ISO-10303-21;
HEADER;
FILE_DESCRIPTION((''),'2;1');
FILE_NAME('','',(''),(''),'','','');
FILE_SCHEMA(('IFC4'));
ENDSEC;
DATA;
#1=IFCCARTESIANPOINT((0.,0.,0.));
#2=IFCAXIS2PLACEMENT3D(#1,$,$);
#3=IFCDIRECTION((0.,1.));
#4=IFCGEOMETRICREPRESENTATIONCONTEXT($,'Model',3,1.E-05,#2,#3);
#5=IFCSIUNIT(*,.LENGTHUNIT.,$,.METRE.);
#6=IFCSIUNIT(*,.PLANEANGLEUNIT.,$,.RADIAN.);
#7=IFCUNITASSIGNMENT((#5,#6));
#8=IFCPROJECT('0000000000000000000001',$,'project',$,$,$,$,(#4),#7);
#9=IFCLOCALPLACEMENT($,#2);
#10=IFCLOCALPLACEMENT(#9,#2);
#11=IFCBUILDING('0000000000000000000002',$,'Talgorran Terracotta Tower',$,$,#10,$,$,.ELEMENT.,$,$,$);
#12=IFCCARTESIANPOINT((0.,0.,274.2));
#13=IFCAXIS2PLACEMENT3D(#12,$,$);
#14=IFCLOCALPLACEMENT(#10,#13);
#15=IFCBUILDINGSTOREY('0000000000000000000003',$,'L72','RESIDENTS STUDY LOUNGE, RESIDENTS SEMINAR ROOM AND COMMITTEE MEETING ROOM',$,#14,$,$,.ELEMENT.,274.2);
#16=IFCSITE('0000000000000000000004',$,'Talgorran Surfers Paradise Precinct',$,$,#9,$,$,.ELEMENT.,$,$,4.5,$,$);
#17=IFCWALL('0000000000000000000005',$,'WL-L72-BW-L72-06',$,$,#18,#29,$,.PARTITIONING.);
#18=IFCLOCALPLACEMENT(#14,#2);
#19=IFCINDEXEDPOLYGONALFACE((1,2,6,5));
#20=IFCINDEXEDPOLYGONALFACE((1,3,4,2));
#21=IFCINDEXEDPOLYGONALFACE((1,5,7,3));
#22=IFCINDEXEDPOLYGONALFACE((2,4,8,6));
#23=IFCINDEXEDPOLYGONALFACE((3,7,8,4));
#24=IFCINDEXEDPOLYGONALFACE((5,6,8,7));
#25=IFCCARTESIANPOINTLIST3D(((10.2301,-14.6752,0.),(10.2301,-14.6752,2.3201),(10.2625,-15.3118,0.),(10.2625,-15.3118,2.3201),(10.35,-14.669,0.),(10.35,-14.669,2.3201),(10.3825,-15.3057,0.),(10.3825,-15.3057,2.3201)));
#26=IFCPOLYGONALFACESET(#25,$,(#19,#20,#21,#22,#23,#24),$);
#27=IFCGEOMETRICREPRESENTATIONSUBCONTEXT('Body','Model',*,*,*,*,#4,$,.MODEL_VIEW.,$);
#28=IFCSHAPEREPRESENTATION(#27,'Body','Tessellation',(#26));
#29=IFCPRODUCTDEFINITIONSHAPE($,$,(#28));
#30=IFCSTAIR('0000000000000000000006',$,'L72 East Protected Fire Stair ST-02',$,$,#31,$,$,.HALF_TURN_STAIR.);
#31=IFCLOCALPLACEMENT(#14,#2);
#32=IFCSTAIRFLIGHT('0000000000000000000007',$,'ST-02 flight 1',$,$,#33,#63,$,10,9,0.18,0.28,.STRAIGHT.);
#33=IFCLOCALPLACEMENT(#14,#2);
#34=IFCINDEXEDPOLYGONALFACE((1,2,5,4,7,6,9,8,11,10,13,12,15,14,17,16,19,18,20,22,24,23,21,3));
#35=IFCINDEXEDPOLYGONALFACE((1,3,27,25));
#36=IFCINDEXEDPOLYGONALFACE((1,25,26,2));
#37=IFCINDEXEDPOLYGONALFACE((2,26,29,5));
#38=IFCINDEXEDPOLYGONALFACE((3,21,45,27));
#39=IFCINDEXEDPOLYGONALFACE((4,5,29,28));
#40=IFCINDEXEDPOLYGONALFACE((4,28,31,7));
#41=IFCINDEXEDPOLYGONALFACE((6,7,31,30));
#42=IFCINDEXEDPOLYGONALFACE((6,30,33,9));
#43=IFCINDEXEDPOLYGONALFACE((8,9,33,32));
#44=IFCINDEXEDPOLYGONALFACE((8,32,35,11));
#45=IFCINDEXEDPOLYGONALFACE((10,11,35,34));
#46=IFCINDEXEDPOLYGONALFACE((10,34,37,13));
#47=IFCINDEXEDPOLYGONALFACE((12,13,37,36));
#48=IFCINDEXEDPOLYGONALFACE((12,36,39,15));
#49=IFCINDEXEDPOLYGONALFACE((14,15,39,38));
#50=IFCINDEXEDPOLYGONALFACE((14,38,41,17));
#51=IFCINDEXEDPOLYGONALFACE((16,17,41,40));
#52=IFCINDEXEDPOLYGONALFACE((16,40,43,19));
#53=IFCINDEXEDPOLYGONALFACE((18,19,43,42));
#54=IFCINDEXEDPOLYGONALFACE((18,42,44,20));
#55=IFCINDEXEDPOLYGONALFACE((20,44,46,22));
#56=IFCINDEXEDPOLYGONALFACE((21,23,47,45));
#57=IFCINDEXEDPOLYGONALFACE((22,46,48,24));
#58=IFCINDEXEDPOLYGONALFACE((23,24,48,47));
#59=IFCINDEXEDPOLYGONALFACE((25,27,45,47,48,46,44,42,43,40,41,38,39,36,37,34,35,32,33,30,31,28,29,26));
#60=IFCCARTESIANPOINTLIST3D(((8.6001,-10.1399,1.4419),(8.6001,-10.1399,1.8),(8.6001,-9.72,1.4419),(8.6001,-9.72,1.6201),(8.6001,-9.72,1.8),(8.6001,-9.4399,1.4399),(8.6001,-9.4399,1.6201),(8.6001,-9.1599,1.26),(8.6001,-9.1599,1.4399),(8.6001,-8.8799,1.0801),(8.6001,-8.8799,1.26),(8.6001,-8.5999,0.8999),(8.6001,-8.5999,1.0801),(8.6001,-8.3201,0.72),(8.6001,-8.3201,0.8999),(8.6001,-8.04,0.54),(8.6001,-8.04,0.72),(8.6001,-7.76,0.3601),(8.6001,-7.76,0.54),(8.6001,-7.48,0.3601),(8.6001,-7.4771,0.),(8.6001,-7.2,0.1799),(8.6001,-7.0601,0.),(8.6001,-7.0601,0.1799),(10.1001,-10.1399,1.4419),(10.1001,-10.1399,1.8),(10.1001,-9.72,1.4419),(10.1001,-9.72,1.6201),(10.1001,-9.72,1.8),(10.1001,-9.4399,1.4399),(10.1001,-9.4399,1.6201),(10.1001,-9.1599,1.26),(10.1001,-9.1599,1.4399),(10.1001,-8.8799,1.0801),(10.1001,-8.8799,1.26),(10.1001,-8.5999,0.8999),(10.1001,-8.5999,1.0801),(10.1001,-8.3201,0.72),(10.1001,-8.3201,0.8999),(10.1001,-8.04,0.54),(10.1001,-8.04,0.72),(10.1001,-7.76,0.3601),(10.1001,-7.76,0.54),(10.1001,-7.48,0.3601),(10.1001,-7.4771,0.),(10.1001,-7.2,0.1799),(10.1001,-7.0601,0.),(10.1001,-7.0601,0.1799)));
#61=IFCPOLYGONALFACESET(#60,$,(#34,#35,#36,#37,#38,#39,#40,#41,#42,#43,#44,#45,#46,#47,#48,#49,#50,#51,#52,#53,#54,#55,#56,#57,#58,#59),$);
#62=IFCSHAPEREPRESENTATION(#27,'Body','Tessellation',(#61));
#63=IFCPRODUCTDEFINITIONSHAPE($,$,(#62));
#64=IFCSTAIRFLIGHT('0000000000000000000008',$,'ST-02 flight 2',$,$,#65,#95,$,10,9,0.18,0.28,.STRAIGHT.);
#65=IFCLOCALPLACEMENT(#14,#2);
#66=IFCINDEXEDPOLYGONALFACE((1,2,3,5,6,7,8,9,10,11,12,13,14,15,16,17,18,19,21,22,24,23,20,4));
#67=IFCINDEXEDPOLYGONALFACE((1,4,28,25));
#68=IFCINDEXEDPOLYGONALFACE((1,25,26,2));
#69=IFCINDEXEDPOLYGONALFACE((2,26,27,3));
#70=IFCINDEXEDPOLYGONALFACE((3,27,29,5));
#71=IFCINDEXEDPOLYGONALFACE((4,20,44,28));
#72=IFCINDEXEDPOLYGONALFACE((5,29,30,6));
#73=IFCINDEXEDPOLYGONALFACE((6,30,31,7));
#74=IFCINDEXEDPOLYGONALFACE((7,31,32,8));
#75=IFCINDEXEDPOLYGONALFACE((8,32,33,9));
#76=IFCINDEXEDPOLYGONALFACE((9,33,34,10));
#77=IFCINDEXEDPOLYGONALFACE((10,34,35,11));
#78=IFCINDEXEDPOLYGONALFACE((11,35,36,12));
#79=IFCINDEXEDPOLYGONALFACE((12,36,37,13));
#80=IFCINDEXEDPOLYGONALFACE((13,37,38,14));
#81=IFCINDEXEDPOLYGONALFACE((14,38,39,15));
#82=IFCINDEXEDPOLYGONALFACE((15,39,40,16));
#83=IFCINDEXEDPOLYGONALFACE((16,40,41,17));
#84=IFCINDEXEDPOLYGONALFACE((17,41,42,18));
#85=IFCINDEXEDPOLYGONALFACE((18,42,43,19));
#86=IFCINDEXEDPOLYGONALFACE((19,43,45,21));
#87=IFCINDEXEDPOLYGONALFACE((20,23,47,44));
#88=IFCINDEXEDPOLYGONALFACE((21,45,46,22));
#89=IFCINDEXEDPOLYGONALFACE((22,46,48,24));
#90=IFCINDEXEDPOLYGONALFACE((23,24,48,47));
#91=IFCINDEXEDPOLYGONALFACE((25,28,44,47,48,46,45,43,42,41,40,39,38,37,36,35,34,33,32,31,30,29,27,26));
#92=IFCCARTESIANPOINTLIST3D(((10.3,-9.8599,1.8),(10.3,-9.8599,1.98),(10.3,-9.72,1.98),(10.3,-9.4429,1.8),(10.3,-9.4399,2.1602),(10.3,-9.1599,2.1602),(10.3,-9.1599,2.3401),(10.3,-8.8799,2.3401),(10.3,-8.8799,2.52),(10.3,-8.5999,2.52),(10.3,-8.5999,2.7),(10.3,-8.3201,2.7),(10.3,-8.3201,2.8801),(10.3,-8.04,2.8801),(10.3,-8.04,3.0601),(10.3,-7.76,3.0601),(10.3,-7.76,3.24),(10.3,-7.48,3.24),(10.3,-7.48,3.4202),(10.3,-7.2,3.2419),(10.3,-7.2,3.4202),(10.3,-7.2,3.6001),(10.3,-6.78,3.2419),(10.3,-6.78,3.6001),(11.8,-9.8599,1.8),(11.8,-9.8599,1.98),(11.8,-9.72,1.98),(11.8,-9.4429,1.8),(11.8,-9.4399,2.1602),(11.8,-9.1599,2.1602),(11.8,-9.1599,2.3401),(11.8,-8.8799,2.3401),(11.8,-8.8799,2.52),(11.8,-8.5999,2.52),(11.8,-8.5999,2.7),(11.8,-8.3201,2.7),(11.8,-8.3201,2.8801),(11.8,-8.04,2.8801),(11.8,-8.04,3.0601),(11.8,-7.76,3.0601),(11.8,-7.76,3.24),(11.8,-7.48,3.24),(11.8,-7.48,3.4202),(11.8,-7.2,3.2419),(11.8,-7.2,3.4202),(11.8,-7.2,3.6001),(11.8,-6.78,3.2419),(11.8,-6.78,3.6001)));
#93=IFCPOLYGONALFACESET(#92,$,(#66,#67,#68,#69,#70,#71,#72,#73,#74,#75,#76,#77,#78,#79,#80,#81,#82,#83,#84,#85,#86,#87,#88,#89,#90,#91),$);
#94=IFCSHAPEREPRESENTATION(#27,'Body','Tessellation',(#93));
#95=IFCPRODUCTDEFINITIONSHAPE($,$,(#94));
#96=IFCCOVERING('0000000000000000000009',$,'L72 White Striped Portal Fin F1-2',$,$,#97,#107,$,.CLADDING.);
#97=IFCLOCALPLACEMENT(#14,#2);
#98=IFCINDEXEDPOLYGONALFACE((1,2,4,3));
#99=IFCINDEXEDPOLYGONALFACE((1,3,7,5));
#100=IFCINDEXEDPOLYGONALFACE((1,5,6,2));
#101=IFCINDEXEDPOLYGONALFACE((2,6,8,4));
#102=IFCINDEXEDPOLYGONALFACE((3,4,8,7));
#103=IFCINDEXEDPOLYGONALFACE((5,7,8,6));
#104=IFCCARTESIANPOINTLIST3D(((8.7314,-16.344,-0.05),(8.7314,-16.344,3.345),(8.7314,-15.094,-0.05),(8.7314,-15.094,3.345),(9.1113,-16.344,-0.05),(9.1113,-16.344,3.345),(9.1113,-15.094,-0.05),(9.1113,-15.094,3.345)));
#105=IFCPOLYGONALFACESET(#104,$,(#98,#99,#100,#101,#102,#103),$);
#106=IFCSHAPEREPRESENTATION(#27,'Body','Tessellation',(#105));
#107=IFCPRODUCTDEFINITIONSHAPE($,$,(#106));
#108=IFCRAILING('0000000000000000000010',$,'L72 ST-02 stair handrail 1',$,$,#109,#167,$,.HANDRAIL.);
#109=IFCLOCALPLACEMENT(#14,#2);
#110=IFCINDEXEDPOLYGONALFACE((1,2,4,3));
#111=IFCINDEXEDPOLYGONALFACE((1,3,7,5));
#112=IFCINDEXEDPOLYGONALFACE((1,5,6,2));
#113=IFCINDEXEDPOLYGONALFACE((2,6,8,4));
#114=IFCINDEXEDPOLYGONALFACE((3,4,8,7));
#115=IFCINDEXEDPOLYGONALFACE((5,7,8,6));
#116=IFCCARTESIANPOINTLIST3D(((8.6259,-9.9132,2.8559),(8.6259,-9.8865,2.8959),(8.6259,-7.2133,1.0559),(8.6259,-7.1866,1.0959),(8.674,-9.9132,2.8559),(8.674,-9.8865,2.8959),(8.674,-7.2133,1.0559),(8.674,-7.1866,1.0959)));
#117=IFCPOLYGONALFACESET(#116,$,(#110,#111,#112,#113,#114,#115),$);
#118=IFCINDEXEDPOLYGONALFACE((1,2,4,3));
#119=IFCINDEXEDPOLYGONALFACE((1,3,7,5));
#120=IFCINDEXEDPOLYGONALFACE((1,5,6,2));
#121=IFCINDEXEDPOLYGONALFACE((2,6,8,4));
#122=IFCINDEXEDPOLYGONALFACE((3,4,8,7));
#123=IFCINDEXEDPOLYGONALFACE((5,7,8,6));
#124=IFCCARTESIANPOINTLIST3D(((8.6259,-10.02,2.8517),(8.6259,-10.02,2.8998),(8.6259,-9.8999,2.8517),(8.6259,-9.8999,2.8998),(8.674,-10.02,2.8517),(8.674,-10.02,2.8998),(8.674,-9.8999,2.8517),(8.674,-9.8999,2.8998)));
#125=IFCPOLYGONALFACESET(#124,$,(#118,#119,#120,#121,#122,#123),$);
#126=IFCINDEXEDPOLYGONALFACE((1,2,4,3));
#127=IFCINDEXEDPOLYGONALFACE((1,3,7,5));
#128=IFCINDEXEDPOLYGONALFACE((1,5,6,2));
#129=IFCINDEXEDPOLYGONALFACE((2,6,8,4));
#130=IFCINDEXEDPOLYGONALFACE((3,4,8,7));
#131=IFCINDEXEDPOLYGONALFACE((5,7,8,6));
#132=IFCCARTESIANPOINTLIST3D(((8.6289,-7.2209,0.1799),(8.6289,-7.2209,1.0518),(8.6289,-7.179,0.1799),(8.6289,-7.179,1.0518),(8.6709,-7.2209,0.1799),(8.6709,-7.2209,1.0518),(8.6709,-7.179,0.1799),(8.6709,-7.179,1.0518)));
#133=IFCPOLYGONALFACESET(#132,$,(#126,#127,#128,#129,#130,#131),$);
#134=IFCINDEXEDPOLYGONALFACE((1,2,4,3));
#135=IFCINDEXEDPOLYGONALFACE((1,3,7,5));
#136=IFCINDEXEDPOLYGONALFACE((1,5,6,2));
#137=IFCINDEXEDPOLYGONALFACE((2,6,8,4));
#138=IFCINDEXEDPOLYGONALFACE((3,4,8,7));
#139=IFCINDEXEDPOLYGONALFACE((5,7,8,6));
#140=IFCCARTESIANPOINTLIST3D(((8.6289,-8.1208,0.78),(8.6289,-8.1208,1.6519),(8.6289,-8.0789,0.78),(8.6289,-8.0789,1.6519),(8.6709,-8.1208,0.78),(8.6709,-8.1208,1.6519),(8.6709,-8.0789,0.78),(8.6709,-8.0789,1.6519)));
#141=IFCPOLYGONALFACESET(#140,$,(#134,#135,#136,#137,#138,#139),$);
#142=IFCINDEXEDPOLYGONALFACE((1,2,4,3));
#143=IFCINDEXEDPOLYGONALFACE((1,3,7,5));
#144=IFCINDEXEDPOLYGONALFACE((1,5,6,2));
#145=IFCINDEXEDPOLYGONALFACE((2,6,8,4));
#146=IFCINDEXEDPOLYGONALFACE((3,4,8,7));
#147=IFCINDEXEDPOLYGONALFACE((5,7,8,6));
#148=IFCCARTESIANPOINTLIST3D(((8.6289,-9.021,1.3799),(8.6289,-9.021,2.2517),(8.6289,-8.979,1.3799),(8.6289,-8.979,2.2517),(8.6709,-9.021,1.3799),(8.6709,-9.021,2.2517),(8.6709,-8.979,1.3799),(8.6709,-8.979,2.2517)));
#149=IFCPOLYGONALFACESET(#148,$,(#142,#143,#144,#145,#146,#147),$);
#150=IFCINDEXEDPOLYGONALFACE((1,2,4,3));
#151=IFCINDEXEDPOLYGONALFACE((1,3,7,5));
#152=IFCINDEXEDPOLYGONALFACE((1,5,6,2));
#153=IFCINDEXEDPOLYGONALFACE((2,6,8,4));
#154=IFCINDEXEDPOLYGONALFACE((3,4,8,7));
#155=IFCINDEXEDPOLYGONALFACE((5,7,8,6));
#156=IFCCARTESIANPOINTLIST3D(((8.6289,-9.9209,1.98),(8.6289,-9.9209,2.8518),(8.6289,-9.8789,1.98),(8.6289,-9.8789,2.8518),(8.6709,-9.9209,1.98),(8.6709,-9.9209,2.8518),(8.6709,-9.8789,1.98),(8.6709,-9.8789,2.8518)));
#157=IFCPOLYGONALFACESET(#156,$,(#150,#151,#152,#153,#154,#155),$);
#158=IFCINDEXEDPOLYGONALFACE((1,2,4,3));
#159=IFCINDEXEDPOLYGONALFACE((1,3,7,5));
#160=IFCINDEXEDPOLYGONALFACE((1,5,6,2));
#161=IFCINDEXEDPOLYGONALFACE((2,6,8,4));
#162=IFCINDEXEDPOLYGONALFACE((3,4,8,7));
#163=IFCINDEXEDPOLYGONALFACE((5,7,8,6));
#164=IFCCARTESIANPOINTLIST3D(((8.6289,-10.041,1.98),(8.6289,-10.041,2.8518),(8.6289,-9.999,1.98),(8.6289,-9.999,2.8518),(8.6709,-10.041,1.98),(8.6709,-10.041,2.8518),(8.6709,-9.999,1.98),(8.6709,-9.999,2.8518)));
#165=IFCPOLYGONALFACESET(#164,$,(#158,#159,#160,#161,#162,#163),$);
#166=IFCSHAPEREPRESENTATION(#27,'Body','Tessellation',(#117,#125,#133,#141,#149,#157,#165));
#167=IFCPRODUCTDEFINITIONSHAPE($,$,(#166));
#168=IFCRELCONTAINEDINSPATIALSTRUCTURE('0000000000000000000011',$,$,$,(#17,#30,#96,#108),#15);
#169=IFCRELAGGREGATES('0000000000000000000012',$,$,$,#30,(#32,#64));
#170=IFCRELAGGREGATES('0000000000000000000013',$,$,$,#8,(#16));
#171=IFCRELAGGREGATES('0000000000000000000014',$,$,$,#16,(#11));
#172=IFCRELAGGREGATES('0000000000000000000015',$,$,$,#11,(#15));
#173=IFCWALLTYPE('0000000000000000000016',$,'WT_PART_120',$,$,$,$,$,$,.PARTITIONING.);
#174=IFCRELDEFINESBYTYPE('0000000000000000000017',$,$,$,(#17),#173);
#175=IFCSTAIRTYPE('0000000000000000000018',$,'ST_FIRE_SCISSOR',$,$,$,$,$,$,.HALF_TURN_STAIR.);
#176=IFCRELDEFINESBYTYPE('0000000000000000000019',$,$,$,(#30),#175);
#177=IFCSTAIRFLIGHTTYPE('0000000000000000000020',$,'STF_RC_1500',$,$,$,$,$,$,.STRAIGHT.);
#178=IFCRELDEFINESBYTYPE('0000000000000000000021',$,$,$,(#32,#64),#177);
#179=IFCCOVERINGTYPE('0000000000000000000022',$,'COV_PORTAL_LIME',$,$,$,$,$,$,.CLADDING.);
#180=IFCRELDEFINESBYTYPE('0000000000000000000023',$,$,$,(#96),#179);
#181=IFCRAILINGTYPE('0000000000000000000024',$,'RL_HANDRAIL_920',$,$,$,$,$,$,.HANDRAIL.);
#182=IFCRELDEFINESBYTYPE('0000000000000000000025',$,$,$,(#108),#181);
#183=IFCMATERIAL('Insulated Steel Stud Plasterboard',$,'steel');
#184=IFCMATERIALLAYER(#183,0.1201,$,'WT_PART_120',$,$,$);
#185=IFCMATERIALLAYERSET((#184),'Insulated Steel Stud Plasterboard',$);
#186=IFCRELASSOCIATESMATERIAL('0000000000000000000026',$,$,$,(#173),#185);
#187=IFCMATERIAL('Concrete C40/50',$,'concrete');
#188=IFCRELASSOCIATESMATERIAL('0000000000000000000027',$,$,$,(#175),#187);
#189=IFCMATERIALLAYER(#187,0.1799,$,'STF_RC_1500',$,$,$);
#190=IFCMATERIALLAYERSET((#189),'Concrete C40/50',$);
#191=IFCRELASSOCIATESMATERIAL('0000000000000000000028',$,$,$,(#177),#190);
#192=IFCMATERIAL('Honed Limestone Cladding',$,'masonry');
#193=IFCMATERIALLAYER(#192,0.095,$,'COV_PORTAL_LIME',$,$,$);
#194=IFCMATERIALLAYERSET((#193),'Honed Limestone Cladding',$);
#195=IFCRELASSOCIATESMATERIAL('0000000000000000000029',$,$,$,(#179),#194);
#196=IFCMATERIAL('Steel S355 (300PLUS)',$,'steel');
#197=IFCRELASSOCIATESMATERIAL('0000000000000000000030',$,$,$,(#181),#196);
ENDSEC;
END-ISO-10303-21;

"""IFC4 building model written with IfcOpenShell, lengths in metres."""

from ifc_helpers import new_model, si_unit, direction, frame, frame_2d, origin, origin_2d, place, context, subcontext, project, spatial, polyline, rectangle, outline, extrude, material, layer, layer_set, type_object, element, aggregate, save


model = new_model("IFC4")

# Units and contexts
model_context = context("Model", 3, precision=1e-05, world=origin(), true_north=direction((0.0, 1.0)))
body_context = subcontext(model_context, "Body", "Model", "MODEL_VIEW")
ifc_project = project(units=[si_unit("LENGTHUNIT", "METRE"), si_unit("PLANEANGLEUNIT", "RADIAN")], contexts=[model_context])

# Site, building, storey
site_placement = place(None, origin())
site = spatial("IfcSite", under=ifc_project, at=site_placement, Name="Talgorran Surfers Paradise Precinct", CompositionType="ELEMENT", RefElevation=4.5)
building_placement = place(site_placement, origin())
building = spatial("IfcBuilding", under=site, at=building_placement, Name="Talgorran Terracotta Tower", CompositionType="ELEMENT")
storey_placement = place(building_placement, frame((0.0, 0.0, 274.2)))
storey = spatial("IfcBuildingStorey", under=building, at=storey_placement, Name="L72", Description="RESIDENTS STUDY LOUNGE, RESIDENTS SEMINAR ROOM AND COMMITTEE MEETING ROOM", CompositionType="ELEMENT", Elevation=274.2)

# Shared definitions
ifc_material_1 = material(Name="Steel S355 (300PLUS)", Category="steel")

# Wall
ifc_material_2 = material(Name="Insulated Steel Stud Plasterboard", Category="steel")
ifc_layer_1 = layer(ifc_material_2, 0.1201, Name="WT_PART_120")
ifc_layer_set_1 = layer_set([ifc_layer_1], Name="Insulated Steel Stud Plasterboard")
wall_type = type_object("IfcWallType", Name="WT_PART_120", PredefinedType="PARTITIONING", material=ifc_layer_set_1)
wall_1_placement = place(storey_placement, frame((10.3225, -15.3088, 0.0), z_axis=(0.0, 0.0, 1.0), x_axis=(-0.050931, 0.998702, 0.0)))
element("IfcWall", 1, at=wall_1_placement, inside=storey, type_object=wall_type, Name="WL-L72-BW-L72-06", PredefinedType="PARTITIONING", context=body_context, shape_type="SweptSolid", body=[
    extrude(rectangle(XDim=0.6375, YDim=0.1201, at=frame_2d((0.3188, 0.0))), origin(), (0.0, 0.0, 1.0), 2.3201),
])

# Stair, stair flights
ifc_material_3 = material(Name="Concrete C40/50", Category="concrete")
stair_type = type_object("IfcStairType", Name="ST_FIRE_SCISSOR", PredefinedType="HALF_TURN_STAIR", material=ifc_material_3)
stair_placement = place(storey_placement, origin())
stair = element("IfcStair", 2, at=stair_placement, inside=storey, type_object=stair_type, Name="L72 East Protected Fire Stair ST-02", PredefinedType="HALF_TURN_STAIR")
ifc_layer_2 = layer(ifc_material_3, 0.1799, Name="STF_RC_1500")
ifc_layer_set_2 = layer_set([ifc_layer_2], Name="Concrete C40/50")
stair_flight_type = type_object("IfcStairFlightType", Name="STF_RC_1500", PredefinedType="STRAIGHT", material=ifc_layer_set_2)
stair_flight_1_placement = place(storey_placement, frame((9.3501, -7.2, 0.0), z_axis=(0.0, 0.0, 1.0), x_axis=(0.0, -1.0, 0.0)))
stair_flight_1 = element("IfcStairFlight", 3, at=stair_flight_1_placement, type_object=stair_flight_type, Name="ST-02 flight 1", NumberOfRisers=10, NumberOfTreads=9, PredefinedType="STRAIGHT", RiserHeight=0.18, TreadLength=0.28, context=body_context, shape_type="SweptSolid", body=[
    extrude(outline(polyline([(-0.1399, 0.0), (-0.1399, 0.1799), (0.0, 0.1799), (0.28, 0.3601), (0.5601, 0.3601), (0.5601, 0.54), (0.8401, 0.54), (0.8401, 0.72), (1.1201, 0.72), (1.1201, 0.8999), (1.3999, 0.8999), (1.3999, 1.0801), (1.6799, 1.0801), (1.6799, 1.26), (1.96, 1.26), (1.96, 1.4399), (2.24, 1.4399), (2.24, 1.6201), (2.52, 1.6201), (2.52, 1.8), (2.9399, 1.8), (2.9399, 1.4419), (2.52, 1.4419), (0.2771, 0.0), (-0.1399, 0.0)])), frame((0.0, 0.75, 0.0), z_axis=(0.0, -1.0, 0.0), x_axis=(1.0, 0.0, 0.0)), (0.0, 0.0, 1.0), 1.5),
])
stair_flight_2_placement = place(storey_placement, frame((11.05, -9.72, 1.8), z_axis=(0.0, 0.0, 1.0), x_axis=(0.0, 1.0, 0.0)))
stair_flight_2 = element("IfcStairFlight", 4, at=stair_flight_2_placement, type_object=stair_flight_type, Name="ST-02 flight 2", NumberOfRisers=10, NumberOfTreads=9, PredefinedType="STRAIGHT", RiserHeight=0.18, TreadLength=0.28, context=body_context, shape_type="SweptSolid", body=[
    extrude(outline(polyline([(-0.1399, 0.0), (-0.1399, 0.1799), (0.0, 0.1799), (0.28, 0.3601), (0.5601, 0.3601), (0.5601, 0.54), (0.8401, 0.54), (0.8401, 0.72), (1.1201, 0.72), (1.1201, 0.8999), (1.3999, 0.8999), (1.3999, 1.0801), (1.6799, 1.0801), (1.6799, 1.26), (1.96, 1.26), (1.96, 1.4399), (2.24, 1.4399), (2.24, 1.6201), (2.52, 1.6201), (2.52, 1.8), (2.9399, 1.8), (2.9399, 1.4419), (2.52, 1.4419), (0.2771, 0.0), (-0.1399, 0.0)])), frame((0.0, 0.75, 0.0), z_axis=(0.0, -1.0, 0.0), x_axis=(1.0, 0.0, 0.0)), (0.0, 0.0, 1.0), 1.5),
])
aggregate(stair, [stair_flight_1, stair_flight_2])

# Covering
ifc_material_4 = material(Name="Honed Limestone Cladding", Category="masonry")
ifc_layer_3 = layer(ifc_material_4, 0.095, Name="COV_PORTAL_LIME")
ifc_layer_set_3 = layer_set([ifc_layer_3], Name="Honed Limestone Cladding")
covering_type = type_object("IfcCoveringType", Name="COV_PORTAL_LIME", PredefinedType="CLADDING", material=ifc_layer_set_3)
covering_placement = place(storey_placement, frame((8.9214, -15.719, -0.05), z_axis=(0.0, 0.0, 1.0), x_axis=(1.0, 0.0, 0.0)))
element("IfcCovering", 5, at=covering_placement, inside=storey, type_object=covering_type, Name="L72 White Striped Portal Fin F1-2", PredefinedType="CLADDING", context=body_context, shape_type="SweptSolid", body=[
    extrude(rectangle(XDim=0.3799, YDim=1.25, at=origin_2d()), origin(), (0.0, 0.0, 1.0), 3.395),
])

# Railing
railing_type_1 = type_object("IfcRailingType", Name="RL_HANDRAIL_920", PredefinedType="HANDRAIL", material=ifc_material_1)
railing_1_placement = place(storey_placement, frame((8.6499, -7.2, 0.1799)))
element("IfcRailing", 6, at=railing_1_placement, inside=storey, type_object=railing_type_1, Name="L72 ST-02 stair handrail 1", PredefinedType="HANDRAIL", context=body_context, shape_type="SweptSolid", body=[
    extrude(rectangle(XDim=0.0481, YDim=0.0481, at=origin_2d()), frame((0.0, 0.0, 0.896), z_axis=(0.0, -0.832039, 0.554718), x_axis=(1.0, 0.0, 0.0)), (0.0, 0.0, 1.0), 3.2449),
    extrude(rectangle(XDim=0.0481, YDim=0.0481, at=origin_2d()), frame((0.0, -2.7, 2.6958), z_axis=(0.0, -1.0, 0.0), x_axis=(1.0, 0.0, 0.0)), (0.0, 0.0, 1.0), 0.1201),
    extrude(rectangle(XDim=0.042, YDim=0.042, at=origin_2d()), origin(), (0.0, 0.0, 1.0), 0.8718),
    extrude(rectangle(XDim=0.042, YDim=0.042, at=origin_2d()), frame((0.0, -0.8999, 0.6001)), (0.0, 0.0, 1.0), 0.8718),
    extrude(rectangle(XDim=0.042, YDim=0.042, at=origin_2d()), frame((0.0, -1.8, 1.2)), (0.0, 0.0, 1.0), 0.8718),
    extrude(rectangle(XDim=0.042, YDim=0.042, at=origin_2d()), frame((0.0, -2.7, 1.8)), (0.0, 0.0, 1.0), 0.8718),
    extrude(rectangle(XDim=0.042, YDim=0.042, at=origin_2d()), frame((0.0, -2.8201, 1.8)), (0.0, 0.0, 1.0), 0.8718),
])

save(model, "model.ifc")
